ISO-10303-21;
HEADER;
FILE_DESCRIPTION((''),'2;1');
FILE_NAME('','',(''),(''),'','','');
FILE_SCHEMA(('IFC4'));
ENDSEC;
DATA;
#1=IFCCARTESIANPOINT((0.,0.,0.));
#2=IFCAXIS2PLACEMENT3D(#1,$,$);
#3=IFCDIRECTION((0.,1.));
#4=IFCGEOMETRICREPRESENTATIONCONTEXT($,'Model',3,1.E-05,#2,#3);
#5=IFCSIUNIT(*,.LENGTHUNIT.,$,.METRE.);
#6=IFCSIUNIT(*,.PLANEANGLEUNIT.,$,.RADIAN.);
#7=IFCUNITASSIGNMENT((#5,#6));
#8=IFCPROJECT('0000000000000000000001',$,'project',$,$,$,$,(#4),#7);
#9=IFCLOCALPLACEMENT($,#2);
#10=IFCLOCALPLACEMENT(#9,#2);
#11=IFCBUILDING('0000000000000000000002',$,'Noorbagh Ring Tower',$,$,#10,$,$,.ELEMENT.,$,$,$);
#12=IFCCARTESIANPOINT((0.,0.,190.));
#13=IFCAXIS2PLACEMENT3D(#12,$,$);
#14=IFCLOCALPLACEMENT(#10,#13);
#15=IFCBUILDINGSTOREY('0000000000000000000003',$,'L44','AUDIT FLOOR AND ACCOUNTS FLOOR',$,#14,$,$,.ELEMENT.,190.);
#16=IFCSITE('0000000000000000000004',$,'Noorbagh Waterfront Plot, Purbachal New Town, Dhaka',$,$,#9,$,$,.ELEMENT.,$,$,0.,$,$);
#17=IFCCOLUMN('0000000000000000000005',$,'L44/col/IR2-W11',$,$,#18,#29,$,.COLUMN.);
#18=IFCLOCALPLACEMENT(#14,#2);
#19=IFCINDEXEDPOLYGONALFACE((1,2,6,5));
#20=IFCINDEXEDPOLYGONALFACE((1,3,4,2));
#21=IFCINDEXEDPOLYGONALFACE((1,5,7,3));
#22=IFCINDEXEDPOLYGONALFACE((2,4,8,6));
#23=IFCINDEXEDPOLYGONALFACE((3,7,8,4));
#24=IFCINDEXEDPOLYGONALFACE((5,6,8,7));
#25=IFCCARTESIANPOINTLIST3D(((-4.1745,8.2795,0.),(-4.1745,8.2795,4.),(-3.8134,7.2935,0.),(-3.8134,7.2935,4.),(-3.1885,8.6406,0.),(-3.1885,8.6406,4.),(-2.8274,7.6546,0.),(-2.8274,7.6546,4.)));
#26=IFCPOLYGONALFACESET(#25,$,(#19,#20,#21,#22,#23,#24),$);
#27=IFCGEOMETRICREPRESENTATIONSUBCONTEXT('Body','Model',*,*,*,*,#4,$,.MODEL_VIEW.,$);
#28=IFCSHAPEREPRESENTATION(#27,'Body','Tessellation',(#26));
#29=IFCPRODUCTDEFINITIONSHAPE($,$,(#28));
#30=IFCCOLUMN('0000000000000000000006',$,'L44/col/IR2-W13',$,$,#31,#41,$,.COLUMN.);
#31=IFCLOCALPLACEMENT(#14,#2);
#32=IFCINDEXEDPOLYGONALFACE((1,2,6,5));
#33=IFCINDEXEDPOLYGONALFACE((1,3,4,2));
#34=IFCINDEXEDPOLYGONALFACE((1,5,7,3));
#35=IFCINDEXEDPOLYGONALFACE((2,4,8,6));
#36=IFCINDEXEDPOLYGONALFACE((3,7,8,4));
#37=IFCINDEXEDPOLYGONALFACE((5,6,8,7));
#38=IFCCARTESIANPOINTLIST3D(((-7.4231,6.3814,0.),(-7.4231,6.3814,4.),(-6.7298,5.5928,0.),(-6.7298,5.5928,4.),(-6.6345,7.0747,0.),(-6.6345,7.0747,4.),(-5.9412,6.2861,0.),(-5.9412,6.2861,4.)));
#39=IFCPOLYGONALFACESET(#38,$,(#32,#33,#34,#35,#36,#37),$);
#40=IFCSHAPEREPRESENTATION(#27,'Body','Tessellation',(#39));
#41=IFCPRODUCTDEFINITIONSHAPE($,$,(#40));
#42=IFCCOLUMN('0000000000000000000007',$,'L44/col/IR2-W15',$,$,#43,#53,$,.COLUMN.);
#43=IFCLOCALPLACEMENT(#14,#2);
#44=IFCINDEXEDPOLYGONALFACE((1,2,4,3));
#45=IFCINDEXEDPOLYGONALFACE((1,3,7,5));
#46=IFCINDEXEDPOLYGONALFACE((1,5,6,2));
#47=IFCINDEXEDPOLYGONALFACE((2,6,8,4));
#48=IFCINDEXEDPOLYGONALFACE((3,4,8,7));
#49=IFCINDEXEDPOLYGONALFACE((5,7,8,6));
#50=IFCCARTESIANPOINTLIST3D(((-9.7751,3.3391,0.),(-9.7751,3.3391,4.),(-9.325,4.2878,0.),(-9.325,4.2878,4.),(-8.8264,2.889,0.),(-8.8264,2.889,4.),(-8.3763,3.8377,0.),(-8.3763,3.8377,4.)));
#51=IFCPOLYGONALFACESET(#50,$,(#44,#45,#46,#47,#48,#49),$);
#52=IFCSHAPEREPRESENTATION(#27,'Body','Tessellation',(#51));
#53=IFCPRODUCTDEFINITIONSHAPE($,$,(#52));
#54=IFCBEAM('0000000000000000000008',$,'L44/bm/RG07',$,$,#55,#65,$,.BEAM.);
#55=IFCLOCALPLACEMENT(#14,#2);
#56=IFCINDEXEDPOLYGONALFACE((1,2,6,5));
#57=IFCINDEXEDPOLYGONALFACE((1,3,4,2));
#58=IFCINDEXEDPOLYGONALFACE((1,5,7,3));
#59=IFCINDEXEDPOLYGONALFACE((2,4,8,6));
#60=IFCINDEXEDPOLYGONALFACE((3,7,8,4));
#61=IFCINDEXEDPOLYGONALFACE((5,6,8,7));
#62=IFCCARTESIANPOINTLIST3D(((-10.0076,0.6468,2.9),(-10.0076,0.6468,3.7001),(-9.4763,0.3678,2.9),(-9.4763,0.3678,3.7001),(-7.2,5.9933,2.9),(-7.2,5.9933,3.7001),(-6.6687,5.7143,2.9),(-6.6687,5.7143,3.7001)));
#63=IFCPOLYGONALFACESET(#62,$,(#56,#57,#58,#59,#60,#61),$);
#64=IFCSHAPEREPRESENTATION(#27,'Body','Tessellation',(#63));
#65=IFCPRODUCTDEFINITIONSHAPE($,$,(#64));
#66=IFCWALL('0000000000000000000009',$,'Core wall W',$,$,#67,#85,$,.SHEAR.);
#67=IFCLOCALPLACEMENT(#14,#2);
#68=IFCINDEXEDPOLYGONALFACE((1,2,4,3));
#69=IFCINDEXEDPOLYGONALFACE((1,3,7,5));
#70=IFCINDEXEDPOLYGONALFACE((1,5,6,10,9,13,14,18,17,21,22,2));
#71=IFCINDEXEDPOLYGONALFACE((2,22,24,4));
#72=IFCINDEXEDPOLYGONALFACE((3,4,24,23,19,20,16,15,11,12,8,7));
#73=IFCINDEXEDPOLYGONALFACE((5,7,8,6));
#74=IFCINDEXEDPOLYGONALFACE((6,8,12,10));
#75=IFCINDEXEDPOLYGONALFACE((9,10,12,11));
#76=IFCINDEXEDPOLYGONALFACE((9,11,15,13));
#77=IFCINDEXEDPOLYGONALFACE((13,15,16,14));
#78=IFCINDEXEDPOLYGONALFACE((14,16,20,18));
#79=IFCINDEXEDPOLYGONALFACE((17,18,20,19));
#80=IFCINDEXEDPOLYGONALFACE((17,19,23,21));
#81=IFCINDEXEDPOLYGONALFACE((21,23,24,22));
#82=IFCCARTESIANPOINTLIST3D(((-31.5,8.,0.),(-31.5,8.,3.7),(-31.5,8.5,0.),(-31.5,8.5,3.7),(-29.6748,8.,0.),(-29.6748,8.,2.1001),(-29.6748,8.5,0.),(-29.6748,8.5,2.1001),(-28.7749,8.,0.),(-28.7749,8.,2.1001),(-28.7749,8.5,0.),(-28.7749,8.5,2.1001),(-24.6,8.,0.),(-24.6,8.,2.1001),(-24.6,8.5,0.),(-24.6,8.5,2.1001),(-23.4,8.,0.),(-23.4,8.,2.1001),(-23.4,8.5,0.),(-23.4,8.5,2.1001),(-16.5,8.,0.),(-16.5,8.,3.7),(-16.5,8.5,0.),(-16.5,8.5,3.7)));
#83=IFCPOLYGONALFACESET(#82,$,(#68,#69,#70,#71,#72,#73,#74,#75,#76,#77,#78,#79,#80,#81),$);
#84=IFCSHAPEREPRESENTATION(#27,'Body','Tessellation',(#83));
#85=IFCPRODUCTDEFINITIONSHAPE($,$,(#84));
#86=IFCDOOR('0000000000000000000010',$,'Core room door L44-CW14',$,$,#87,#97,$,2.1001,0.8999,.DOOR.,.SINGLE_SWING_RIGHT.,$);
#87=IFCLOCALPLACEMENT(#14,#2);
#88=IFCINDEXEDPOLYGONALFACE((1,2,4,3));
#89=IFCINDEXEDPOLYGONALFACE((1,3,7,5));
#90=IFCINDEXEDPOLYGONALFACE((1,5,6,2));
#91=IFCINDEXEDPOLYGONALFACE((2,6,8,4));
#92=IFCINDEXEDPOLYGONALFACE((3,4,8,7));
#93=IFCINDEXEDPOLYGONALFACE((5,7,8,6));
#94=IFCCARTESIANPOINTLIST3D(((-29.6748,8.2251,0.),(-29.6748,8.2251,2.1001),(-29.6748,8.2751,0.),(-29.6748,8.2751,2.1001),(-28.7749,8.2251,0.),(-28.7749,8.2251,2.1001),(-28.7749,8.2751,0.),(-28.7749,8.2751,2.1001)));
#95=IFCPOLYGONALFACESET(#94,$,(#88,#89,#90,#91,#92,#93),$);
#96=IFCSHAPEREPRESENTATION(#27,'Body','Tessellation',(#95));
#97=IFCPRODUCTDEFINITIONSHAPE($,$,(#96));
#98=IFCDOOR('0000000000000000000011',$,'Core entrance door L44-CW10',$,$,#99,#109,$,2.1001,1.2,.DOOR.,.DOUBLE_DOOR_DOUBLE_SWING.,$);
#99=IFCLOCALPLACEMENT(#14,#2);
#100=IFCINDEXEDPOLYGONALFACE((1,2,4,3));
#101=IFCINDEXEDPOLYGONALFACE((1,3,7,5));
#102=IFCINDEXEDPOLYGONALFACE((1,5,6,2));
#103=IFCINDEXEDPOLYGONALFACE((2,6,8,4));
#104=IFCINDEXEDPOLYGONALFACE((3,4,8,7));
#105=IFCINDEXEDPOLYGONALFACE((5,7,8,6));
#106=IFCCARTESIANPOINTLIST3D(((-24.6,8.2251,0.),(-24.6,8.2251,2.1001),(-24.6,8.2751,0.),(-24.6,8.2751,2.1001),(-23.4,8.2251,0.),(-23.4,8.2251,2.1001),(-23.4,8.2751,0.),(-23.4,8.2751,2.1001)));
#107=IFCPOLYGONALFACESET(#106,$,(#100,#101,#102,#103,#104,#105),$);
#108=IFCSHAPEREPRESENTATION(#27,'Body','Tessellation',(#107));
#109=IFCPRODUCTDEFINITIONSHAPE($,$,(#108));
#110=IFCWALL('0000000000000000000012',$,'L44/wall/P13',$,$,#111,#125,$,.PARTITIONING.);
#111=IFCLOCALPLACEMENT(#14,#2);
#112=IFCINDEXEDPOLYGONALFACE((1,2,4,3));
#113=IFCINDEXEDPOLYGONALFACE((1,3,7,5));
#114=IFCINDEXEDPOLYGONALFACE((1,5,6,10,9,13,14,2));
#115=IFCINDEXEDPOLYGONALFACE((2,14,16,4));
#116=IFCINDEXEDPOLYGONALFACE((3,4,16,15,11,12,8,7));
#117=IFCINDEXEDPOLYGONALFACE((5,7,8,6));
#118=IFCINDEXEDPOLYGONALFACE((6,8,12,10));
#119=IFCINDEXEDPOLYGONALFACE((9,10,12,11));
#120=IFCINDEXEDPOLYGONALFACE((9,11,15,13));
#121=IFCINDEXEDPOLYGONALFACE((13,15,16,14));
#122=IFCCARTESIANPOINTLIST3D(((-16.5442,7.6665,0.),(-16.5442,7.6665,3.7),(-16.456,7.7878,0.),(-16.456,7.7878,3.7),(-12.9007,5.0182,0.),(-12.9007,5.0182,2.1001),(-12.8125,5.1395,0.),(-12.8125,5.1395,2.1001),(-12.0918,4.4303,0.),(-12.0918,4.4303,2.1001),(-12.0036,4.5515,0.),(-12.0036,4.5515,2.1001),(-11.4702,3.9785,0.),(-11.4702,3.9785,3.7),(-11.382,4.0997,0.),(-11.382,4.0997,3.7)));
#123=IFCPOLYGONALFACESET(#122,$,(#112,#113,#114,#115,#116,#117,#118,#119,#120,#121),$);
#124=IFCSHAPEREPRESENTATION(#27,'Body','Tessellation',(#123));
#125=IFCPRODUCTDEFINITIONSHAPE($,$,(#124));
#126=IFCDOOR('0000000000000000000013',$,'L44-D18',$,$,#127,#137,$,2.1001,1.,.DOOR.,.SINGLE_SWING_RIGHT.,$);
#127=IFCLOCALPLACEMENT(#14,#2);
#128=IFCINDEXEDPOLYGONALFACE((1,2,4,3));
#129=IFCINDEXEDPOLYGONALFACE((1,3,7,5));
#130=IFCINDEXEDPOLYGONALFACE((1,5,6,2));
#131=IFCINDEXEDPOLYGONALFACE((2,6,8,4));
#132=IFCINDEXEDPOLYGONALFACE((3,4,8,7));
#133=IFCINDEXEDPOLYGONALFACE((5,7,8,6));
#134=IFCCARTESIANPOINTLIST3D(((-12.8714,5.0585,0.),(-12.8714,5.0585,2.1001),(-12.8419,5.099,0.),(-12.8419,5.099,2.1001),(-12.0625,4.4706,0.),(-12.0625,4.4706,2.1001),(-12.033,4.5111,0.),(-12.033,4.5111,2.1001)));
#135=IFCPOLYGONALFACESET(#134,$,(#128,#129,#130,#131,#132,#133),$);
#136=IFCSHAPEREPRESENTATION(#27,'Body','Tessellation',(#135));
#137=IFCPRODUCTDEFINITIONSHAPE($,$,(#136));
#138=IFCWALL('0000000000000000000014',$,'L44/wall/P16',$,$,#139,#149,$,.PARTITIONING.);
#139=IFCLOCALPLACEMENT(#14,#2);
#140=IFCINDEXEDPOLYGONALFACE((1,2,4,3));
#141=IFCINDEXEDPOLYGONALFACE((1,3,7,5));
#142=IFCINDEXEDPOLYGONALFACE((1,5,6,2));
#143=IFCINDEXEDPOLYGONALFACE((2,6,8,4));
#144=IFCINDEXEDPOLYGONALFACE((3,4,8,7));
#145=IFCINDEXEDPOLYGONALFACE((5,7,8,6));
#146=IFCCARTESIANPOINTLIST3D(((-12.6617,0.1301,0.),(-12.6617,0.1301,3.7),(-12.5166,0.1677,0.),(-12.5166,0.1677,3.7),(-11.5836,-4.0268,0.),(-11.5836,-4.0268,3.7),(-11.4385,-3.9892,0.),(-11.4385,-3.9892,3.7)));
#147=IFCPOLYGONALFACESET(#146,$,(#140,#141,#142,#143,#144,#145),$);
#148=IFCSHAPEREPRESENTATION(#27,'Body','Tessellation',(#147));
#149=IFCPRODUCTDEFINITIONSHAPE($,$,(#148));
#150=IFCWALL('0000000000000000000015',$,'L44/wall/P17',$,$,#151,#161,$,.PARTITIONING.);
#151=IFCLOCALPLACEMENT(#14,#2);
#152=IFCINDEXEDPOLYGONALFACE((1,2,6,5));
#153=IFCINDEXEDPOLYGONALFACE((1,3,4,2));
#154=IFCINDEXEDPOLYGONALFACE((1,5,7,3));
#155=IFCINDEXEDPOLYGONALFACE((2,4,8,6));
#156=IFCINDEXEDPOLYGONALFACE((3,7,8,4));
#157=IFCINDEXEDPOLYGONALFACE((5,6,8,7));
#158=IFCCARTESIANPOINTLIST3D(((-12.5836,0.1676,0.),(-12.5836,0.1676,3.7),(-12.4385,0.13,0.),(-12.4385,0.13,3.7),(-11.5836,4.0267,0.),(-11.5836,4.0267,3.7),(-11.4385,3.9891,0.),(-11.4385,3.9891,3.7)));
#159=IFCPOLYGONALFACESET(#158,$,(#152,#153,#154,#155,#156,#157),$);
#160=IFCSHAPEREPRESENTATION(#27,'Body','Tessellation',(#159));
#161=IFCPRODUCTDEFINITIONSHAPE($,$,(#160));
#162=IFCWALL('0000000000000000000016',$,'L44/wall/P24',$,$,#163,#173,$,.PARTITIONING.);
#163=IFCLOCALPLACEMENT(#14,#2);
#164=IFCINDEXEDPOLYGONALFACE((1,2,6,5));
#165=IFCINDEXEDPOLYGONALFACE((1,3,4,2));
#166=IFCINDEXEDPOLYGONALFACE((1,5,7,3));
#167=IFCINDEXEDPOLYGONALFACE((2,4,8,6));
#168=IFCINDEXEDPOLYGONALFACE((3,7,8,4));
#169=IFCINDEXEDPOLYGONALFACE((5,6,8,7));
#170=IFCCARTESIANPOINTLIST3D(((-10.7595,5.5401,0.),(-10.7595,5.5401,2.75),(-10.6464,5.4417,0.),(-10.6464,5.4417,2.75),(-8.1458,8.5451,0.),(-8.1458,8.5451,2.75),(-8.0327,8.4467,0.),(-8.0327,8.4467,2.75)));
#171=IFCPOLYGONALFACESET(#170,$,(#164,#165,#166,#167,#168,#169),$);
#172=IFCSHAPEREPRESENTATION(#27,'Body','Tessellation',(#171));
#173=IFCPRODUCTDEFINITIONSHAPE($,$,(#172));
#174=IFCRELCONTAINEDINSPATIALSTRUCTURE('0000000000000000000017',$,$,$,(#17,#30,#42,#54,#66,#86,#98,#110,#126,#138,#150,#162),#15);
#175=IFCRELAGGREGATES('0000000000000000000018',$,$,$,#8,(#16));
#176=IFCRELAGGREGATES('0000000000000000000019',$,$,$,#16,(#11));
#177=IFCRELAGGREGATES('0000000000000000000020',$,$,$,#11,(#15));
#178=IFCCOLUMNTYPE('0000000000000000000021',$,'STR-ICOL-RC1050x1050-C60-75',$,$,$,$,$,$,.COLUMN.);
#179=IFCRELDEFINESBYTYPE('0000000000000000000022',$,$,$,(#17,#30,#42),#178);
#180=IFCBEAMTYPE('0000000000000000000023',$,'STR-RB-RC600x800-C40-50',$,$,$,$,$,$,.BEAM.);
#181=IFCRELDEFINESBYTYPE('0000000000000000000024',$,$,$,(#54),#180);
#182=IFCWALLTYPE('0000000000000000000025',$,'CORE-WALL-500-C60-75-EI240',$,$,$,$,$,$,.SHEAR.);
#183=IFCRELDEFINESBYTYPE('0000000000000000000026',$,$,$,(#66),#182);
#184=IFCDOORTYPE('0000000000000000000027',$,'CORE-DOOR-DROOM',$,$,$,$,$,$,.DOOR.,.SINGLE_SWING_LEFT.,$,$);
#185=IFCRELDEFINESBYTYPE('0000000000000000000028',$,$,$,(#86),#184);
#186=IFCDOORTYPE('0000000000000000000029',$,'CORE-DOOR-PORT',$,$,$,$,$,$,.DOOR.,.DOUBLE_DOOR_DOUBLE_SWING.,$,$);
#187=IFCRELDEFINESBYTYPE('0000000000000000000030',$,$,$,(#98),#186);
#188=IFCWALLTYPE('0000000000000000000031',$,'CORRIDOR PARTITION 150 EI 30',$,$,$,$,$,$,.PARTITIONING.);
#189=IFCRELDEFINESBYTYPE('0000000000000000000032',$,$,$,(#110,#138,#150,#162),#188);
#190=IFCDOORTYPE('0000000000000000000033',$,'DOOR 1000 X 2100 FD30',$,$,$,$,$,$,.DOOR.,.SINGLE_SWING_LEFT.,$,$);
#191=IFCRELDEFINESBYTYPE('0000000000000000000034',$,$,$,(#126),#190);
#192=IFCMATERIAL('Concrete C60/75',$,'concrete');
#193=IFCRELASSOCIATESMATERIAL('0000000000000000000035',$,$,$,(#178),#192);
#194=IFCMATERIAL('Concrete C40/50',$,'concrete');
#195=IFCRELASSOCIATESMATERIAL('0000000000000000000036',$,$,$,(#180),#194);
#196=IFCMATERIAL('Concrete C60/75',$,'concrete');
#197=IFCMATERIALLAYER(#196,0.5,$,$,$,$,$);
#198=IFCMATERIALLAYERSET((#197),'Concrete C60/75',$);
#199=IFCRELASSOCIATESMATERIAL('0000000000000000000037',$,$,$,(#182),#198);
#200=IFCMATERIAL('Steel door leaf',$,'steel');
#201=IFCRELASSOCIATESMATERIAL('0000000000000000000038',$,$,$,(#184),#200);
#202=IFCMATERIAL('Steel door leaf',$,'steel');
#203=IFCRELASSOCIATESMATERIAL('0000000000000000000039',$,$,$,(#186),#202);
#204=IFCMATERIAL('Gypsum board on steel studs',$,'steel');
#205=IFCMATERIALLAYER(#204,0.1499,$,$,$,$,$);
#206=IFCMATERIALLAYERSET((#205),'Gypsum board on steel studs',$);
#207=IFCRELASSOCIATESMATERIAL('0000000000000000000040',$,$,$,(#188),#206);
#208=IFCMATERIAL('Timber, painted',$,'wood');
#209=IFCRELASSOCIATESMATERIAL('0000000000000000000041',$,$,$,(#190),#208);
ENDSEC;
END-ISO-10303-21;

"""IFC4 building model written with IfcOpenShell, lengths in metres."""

from ifc_helpers import new_model, si_unit, direction, frame, frame_2d, origin, origin_2d, place, context, subcontext, project, spatial, rectangle, extrude, material, layer, layer_set, material_profile, profile_set, type_object, element, fill, save


model = new_model("IFC4")

# Units and contexts
model_context = context("Model", 3, precision=1e-05, world=origin(), true_north=direction((0.0, 1.0)))
body_context = subcontext(model_context, "Body", "Model", "MODEL_VIEW")
ifc_project = project(units=[si_unit("LENGTHUNIT", "METRE"), si_unit("PLANEANGLEUNIT", "RADIAN")], contexts=[model_context])

# Site, building, storey
site_placement = place(None, origin())
site = spatial("IfcSite", under=ifc_project, at=site_placement, Name="Noorbagh Waterfront Plot, Purbachal New Town, Dhaka", CompositionType="ELEMENT", RefElevation=0.0)
building_placement = place(site_placement, origin())
building = spatial("IfcBuilding", under=site, at=building_placement, Name="Noorbagh Ring Tower", CompositionType="ELEMENT")
storey_placement = place(building_placement, frame((0.0, 0.0, 190.0)))
storey = spatial("IfcBuildingStorey", under=building, at=storey_placement, Name="L44", Description="AUDIT FLOOR AND ACCOUNTS FLOOR", CompositionType="ELEMENT", Elevation=190.0)

# Columns
ifc_material_1 = material(Name="Concrete C60/75", Category="concrete")
ifc_material_profile_1 = material_profile(ifc_material_1, rectangle(XDim=1.05, YDim=1.05, at=origin_2d()), Name="RC1050x1050")
ifc_profile_set_1 = profile_set([ifc_material_profile_1], Name="Concrete C60/75")
column_type = type_object("IfcColumnType", Name="STR-ICOL-RC1050x1050-C60-75", PredefinedType="COLUMN", material=ifc_profile_set_1)
for number, where, z_axis, x_axis, name in (
    (1, (-3.501, 7.967, 0.0), (0.0, 0.0, 1.0), (-0.93902, -0.343864, 0.0), "L44/col/IR2-W11"),
    (2, (-6.6821, 6.3337, 0.0), (0.0, 0.0, 1.0), (-0.751022, -0.660277, 0.0), "L44/col/IR2-W13"),
    (3, (-9.0757, 3.5884, 0.0), (0.0, 0.0, 1.0), (-0.428667, -0.903463, 0.0), "L44/col/IR2-W15"),
):
    element("IfcColumn", number, at=place(storey_placement, frame(where, z_axis=z_axis, x_axis=x_axis)), inside=storey, type_object=column_type, Name=name, PredefinedType="COLUMN", context=body_context, shape_type="SweptSolid", body=[
        extrude(rectangle(XDim=1.05, YDim=1.05, at=origin_2d()), origin(), (0.0, 0.0, 1.0), 4.0),
    ])

# Beam
ifc_material_2 = material(Name="Concrete C40/50", Category="concrete")
ifc_material_profile_2 = material_profile(ifc_material_2, rectangle(XDim=0.6001, YDim=0.8, at=origin_2d()), Name="RC600x800")
ifc_profile_set_2 = profile_set([ifc_material_profile_2], Name="Concrete C40/50")
beam_type = type_object("IfcBeamType", Name="STR-RB-RC600x800-C40-50", PredefinedType="BEAM", material=ifc_profile_set_2)
beam_placement = place(storey_placement, frame((-6.9343, 5.8538, 3.3), z_axis=(-0.46493, -0.885348, 0.0), x_axis=(0.885348, -0.46493, 0.0)))
element("IfcBeam", 4, at=beam_placement, inside=storey, type_object=beam_type, Name="L44/bm/RG07", PredefinedType="BEAM", context=body_context, shape_type="SweptSolid", body=[
    extrude(rectangle(XDim=0.6001, YDim=0.8, at=origin_2d()), origin(), (0.0, 0.0, 1.0), 6.0388),
])

# Wall, openings, doors
ifc_material_3 = material(Name="Concrete C60/75", Category="concrete")
ifc_layer_1 = layer(ifc_material_3, 0.5)
ifc_layer_set_1 = layer_set([ifc_layer_1], Name="Concrete C60/75")
wall_type_1 = type_object("IfcWallType", Name="CORE-WALL-500-C60-75-EI240", PredefinedType="SHEAR", material=ifc_layer_set_1)
wall_1_placement = place(storey_placement, frame((-16.5, 8.25, 0.0), z_axis=(0.0, 0.0, 1.0), x_axis=(-1.0, 0.0, 0.0)))
wall_1 = element("IfcWall", 5, at=wall_1_placement, inside=storey, type_object=wall_type_1, Name="Core wall W", PredefinedType="SHEAR", context=body_context, shape_type="SweptSolid", body=[
    extrude(rectangle(XDim=15.0, YDim=0.5, at=frame_2d((7.5, 0.0))), origin(), (0.0, 0.0, 1.0), 3.7),
])
opening_1_placement = place(wall_1_placement, frame((6.8999, 0.0, 0.0)))
opening_1 = element("IfcOpeningElement", 6, at=opening_1_placement, cuts=wall_1, PredefinedType="OPENING", context=body_context, shape_type="SweptSolid", body=[
    extrude(rectangle(XDim=1.2, YDim=2.1001, at=frame_2d((0.6001, 1.05))), frame((0.0, 0.26, 0.0), z_axis=(0.0, -1.0, 0.0), x_axis=(1.0, 0.0, 0.0)), (0.0, 0.0, 1.0), 0.52),
])
opening_2_placement = place(wall_1_placement, frame((12.2749, 0.0, 0.0)))
opening_2 = element("IfcOpeningElement", 7, at=opening_2_placement, cuts=wall_1, PredefinedType="OPENING", context=body_context, shape_type="SweptSolid", body=[
    extrude(rectangle(XDim=0.8999, YDim=2.1001, at=frame_2d((0.45, 1.05))), frame((0.0, 0.26, 0.0), z_axis=(0.0, -1.0, 0.0), x_axis=(1.0, 0.0, 0.0)), (0.0, 0.0, 1.0), 0.52),
])
ifc_material_4 = material(Name="Steel door leaf", Category="steel")
door_type_1 = type_object("IfcDoorType", Name="CORE-DOOR-DROOM", OperationType="SINGLE_SWING_LEFT", PredefinedType="DOOR", material=ifc_material_4)
door_1_placement = place(opening_2_placement, origin())
door_1 = element("IfcDoor", 8, at=door_1_placement, inside=storey, type_object=door_type_1, Name="Core room door L44-CW14", OperationType="SINGLE_SWING_RIGHT", OverallHeight=2.1001, OverallWidth=0.8999, PredefinedType="DOOR", context=body_context, shape_type="SweptSolid", body=[
    extrude(rectangle(XDim=0.8999, YDim=2.1001, at=frame_2d((0.45, 1.05))), frame((0.0, 0.0249, 0.0), z_axis=(0.0, -1.0, 0.0), x_axis=(1.0, 0.0, 0.0)), (0.0, 0.0, 1.0), 0.05),
])
fill(opening_2, door_1)
ifc_material_5 = material(Name="Steel door leaf", Category="steel")
door_type_2 = type_object("IfcDoorType", Name="CORE-DOOR-PORT", OperationType="DOUBLE_DOOR_DOUBLE_SWING", PredefinedType="DOOR", material=ifc_material_5)
door_2_placement = place(opening_1_placement, origin())
door_2 = element("IfcDoor", 9, at=door_2_placement, inside=storey, type_object=door_type_2, Name="Core entrance door L44-CW10", OperationType="DOUBLE_DOOR_DOUBLE_SWING", OverallHeight=2.1001, OverallWidth=1.2, PredefinedType="DOOR", context=body_context, shape_type="SweptSolid", body=[
    extrude(rectangle(XDim=1.2, YDim=2.1001, at=frame_2d((0.6001, 1.05))), frame((0.0, 0.0249, 0.0), z_axis=(0.0, -1.0, 0.0), x_axis=(1.0, 0.0, 0.0)), (0.0, 0.0, 1.0), 0.05),
])
fill(opening_1, door_2)

# Wall, opening, door
ifc_material_6 = material(Name="Gypsum board on steel studs", Category="steel")
ifc_layer_2 = layer(ifc_material_6, 0.1499)
ifc_layer_set_2 = layer_set([ifc_layer_2], Name="Gypsum board on steel studs")
wall_type_2 = type_object("IfcWallType", Name="CORRIDOR PARTITION 150 EI 30", PredefinedType="PARTITIONING", material=ifc_layer_set_2)
wall_2_placement = place(storey_placement, frame((-16.5, 7.7271, 0.0), z_axis=(0.0, 0.0, 1.0), x_axis=(0.808901, -0.587945, 0.0)))
wall_2 = element("IfcWall", 10, at=wall_2_placement, inside=storey, type_object=wall_type_2, Name="L44/wall/P13", PredefinedType="PARTITIONING", context=body_context, shape_type="SweptSolid", body=[
    extrude(rectangle(XDim=6.2727, YDim=0.1499, at=frame_2d((3.1362, 0.0))), origin(), (0.0, 0.0, 1.0), 3.7),
])
opening_3_placement = place(wall_2_placement, frame((4.5042, 0.0, 0.0)))
opening_3 = element("IfcOpeningElement", 11, at=opening_3_placement, cuts=wall_2, PredefinedType="OPENING", context=body_context, shape_type="SweptSolid", body=[
    extrude(rectangle(XDim=1.0, YDim=2.1001, at=frame_2d((0.5, 1.05))), frame((0.0, 0.085, 0.0), z_axis=(0.0, -1.0, 0.0), x_axis=(1.0, 0.0, 0.0)), (0.0, 0.0, 1.0), 0.1699),
])
ifc_material_7 = material(Name="Timber, painted", Category="wood")
door_type_3 = type_object("IfcDoorType", Name="DOOR 1000 X 2100 FD30", OperationType="SINGLE_SWING_LEFT", PredefinedType="DOOR", material=ifc_material_7)
door_3_placement = place(opening_3_placement, origin())
door_3 = element("IfcDoor", 12, at=door_3_placement, inside=storey, type_object=door_type_3, Name="L44-D18", OperationType="SINGLE_SWING_RIGHT", OverallHeight=2.1001, OverallWidth=1.0, PredefinedType="DOOR", context=body_context, shape_type="SweptSolid", body=[
    extrude(rectangle(XDim=1.0, YDim=2.1001, at=frame_2d((0.5, 1.05))), frame((0.0, 0.0249, 0.0), z_axis=(0.0, -1.0, 0.0), x_axis=(1.0, 0.0, 0.0)), (0.0, 0.0, 1.0), 0.05),
])
fill(opening_3, door_3)

# Walls
wall_3_placement = place(storey_placement, frame((-12.5891, 0.1489, 0.0), z_axis=(0.0, 0.0, 1.0), x_axis=(0.251047, -0.967975, 0.0)))
element("IfcWall", 13, at=wall_3_placement, inside=storey, type_object=wall_type_2, Name="L44/wall/P16", PredefinedType="PARTITIONING", context=body_context, shape_type="SweptSolid", body=[
    extrude(rectangle(XDim=4.2944, YDim=0.1499, at=frame_2d((2.1472, 0.0))), origin(), (0.0, 0.0, 1.0), 3.7),
])
wall_4_placement = place(storey_placement, frame((-12.511, 0.1489, 0.0), z_axis=(0.0, 0.0, 1.0), x_axis=(0.250841, 0.968028, 0.0)))
element("IfcWall", 14, at=wall_4_placement, inside=storey, type_object=wall_type_2, Name="L44/wall/P17", PredefinedType="PARTITIONING", context=body_context, shape_type="SweptSolid", body=[
    extrude(rectangle(XDim=3.9866, YDim=0.1499, at=frame_2d((1.9932, 0.0))), origin(), (0.0, 0.0, 1.0), 3.7),
])
wall_5_placement = place(storey_placement, frame((-10.7029, 5.491, 0.0), z_axis=(0.0, 0.0, 1.0), x_axis=(0.656267, 0.754529, 0.0)))
element("IfcWall", 15, at=wall_5_placement, inside=storey, type_object=wall_type_2, Name="L44/wall/P24", PredefinedType="PARTITIONING", context=body_context, shape_type="SweptSolid", body=[
    extrude(rectangle(XDim=3.9827, YDim=0.1499, at=frame_2d((1.9912, 0.0))), origin(), (0.0, 0.0, 1.0), 2.75),
])

save(model, "model.ifc")
